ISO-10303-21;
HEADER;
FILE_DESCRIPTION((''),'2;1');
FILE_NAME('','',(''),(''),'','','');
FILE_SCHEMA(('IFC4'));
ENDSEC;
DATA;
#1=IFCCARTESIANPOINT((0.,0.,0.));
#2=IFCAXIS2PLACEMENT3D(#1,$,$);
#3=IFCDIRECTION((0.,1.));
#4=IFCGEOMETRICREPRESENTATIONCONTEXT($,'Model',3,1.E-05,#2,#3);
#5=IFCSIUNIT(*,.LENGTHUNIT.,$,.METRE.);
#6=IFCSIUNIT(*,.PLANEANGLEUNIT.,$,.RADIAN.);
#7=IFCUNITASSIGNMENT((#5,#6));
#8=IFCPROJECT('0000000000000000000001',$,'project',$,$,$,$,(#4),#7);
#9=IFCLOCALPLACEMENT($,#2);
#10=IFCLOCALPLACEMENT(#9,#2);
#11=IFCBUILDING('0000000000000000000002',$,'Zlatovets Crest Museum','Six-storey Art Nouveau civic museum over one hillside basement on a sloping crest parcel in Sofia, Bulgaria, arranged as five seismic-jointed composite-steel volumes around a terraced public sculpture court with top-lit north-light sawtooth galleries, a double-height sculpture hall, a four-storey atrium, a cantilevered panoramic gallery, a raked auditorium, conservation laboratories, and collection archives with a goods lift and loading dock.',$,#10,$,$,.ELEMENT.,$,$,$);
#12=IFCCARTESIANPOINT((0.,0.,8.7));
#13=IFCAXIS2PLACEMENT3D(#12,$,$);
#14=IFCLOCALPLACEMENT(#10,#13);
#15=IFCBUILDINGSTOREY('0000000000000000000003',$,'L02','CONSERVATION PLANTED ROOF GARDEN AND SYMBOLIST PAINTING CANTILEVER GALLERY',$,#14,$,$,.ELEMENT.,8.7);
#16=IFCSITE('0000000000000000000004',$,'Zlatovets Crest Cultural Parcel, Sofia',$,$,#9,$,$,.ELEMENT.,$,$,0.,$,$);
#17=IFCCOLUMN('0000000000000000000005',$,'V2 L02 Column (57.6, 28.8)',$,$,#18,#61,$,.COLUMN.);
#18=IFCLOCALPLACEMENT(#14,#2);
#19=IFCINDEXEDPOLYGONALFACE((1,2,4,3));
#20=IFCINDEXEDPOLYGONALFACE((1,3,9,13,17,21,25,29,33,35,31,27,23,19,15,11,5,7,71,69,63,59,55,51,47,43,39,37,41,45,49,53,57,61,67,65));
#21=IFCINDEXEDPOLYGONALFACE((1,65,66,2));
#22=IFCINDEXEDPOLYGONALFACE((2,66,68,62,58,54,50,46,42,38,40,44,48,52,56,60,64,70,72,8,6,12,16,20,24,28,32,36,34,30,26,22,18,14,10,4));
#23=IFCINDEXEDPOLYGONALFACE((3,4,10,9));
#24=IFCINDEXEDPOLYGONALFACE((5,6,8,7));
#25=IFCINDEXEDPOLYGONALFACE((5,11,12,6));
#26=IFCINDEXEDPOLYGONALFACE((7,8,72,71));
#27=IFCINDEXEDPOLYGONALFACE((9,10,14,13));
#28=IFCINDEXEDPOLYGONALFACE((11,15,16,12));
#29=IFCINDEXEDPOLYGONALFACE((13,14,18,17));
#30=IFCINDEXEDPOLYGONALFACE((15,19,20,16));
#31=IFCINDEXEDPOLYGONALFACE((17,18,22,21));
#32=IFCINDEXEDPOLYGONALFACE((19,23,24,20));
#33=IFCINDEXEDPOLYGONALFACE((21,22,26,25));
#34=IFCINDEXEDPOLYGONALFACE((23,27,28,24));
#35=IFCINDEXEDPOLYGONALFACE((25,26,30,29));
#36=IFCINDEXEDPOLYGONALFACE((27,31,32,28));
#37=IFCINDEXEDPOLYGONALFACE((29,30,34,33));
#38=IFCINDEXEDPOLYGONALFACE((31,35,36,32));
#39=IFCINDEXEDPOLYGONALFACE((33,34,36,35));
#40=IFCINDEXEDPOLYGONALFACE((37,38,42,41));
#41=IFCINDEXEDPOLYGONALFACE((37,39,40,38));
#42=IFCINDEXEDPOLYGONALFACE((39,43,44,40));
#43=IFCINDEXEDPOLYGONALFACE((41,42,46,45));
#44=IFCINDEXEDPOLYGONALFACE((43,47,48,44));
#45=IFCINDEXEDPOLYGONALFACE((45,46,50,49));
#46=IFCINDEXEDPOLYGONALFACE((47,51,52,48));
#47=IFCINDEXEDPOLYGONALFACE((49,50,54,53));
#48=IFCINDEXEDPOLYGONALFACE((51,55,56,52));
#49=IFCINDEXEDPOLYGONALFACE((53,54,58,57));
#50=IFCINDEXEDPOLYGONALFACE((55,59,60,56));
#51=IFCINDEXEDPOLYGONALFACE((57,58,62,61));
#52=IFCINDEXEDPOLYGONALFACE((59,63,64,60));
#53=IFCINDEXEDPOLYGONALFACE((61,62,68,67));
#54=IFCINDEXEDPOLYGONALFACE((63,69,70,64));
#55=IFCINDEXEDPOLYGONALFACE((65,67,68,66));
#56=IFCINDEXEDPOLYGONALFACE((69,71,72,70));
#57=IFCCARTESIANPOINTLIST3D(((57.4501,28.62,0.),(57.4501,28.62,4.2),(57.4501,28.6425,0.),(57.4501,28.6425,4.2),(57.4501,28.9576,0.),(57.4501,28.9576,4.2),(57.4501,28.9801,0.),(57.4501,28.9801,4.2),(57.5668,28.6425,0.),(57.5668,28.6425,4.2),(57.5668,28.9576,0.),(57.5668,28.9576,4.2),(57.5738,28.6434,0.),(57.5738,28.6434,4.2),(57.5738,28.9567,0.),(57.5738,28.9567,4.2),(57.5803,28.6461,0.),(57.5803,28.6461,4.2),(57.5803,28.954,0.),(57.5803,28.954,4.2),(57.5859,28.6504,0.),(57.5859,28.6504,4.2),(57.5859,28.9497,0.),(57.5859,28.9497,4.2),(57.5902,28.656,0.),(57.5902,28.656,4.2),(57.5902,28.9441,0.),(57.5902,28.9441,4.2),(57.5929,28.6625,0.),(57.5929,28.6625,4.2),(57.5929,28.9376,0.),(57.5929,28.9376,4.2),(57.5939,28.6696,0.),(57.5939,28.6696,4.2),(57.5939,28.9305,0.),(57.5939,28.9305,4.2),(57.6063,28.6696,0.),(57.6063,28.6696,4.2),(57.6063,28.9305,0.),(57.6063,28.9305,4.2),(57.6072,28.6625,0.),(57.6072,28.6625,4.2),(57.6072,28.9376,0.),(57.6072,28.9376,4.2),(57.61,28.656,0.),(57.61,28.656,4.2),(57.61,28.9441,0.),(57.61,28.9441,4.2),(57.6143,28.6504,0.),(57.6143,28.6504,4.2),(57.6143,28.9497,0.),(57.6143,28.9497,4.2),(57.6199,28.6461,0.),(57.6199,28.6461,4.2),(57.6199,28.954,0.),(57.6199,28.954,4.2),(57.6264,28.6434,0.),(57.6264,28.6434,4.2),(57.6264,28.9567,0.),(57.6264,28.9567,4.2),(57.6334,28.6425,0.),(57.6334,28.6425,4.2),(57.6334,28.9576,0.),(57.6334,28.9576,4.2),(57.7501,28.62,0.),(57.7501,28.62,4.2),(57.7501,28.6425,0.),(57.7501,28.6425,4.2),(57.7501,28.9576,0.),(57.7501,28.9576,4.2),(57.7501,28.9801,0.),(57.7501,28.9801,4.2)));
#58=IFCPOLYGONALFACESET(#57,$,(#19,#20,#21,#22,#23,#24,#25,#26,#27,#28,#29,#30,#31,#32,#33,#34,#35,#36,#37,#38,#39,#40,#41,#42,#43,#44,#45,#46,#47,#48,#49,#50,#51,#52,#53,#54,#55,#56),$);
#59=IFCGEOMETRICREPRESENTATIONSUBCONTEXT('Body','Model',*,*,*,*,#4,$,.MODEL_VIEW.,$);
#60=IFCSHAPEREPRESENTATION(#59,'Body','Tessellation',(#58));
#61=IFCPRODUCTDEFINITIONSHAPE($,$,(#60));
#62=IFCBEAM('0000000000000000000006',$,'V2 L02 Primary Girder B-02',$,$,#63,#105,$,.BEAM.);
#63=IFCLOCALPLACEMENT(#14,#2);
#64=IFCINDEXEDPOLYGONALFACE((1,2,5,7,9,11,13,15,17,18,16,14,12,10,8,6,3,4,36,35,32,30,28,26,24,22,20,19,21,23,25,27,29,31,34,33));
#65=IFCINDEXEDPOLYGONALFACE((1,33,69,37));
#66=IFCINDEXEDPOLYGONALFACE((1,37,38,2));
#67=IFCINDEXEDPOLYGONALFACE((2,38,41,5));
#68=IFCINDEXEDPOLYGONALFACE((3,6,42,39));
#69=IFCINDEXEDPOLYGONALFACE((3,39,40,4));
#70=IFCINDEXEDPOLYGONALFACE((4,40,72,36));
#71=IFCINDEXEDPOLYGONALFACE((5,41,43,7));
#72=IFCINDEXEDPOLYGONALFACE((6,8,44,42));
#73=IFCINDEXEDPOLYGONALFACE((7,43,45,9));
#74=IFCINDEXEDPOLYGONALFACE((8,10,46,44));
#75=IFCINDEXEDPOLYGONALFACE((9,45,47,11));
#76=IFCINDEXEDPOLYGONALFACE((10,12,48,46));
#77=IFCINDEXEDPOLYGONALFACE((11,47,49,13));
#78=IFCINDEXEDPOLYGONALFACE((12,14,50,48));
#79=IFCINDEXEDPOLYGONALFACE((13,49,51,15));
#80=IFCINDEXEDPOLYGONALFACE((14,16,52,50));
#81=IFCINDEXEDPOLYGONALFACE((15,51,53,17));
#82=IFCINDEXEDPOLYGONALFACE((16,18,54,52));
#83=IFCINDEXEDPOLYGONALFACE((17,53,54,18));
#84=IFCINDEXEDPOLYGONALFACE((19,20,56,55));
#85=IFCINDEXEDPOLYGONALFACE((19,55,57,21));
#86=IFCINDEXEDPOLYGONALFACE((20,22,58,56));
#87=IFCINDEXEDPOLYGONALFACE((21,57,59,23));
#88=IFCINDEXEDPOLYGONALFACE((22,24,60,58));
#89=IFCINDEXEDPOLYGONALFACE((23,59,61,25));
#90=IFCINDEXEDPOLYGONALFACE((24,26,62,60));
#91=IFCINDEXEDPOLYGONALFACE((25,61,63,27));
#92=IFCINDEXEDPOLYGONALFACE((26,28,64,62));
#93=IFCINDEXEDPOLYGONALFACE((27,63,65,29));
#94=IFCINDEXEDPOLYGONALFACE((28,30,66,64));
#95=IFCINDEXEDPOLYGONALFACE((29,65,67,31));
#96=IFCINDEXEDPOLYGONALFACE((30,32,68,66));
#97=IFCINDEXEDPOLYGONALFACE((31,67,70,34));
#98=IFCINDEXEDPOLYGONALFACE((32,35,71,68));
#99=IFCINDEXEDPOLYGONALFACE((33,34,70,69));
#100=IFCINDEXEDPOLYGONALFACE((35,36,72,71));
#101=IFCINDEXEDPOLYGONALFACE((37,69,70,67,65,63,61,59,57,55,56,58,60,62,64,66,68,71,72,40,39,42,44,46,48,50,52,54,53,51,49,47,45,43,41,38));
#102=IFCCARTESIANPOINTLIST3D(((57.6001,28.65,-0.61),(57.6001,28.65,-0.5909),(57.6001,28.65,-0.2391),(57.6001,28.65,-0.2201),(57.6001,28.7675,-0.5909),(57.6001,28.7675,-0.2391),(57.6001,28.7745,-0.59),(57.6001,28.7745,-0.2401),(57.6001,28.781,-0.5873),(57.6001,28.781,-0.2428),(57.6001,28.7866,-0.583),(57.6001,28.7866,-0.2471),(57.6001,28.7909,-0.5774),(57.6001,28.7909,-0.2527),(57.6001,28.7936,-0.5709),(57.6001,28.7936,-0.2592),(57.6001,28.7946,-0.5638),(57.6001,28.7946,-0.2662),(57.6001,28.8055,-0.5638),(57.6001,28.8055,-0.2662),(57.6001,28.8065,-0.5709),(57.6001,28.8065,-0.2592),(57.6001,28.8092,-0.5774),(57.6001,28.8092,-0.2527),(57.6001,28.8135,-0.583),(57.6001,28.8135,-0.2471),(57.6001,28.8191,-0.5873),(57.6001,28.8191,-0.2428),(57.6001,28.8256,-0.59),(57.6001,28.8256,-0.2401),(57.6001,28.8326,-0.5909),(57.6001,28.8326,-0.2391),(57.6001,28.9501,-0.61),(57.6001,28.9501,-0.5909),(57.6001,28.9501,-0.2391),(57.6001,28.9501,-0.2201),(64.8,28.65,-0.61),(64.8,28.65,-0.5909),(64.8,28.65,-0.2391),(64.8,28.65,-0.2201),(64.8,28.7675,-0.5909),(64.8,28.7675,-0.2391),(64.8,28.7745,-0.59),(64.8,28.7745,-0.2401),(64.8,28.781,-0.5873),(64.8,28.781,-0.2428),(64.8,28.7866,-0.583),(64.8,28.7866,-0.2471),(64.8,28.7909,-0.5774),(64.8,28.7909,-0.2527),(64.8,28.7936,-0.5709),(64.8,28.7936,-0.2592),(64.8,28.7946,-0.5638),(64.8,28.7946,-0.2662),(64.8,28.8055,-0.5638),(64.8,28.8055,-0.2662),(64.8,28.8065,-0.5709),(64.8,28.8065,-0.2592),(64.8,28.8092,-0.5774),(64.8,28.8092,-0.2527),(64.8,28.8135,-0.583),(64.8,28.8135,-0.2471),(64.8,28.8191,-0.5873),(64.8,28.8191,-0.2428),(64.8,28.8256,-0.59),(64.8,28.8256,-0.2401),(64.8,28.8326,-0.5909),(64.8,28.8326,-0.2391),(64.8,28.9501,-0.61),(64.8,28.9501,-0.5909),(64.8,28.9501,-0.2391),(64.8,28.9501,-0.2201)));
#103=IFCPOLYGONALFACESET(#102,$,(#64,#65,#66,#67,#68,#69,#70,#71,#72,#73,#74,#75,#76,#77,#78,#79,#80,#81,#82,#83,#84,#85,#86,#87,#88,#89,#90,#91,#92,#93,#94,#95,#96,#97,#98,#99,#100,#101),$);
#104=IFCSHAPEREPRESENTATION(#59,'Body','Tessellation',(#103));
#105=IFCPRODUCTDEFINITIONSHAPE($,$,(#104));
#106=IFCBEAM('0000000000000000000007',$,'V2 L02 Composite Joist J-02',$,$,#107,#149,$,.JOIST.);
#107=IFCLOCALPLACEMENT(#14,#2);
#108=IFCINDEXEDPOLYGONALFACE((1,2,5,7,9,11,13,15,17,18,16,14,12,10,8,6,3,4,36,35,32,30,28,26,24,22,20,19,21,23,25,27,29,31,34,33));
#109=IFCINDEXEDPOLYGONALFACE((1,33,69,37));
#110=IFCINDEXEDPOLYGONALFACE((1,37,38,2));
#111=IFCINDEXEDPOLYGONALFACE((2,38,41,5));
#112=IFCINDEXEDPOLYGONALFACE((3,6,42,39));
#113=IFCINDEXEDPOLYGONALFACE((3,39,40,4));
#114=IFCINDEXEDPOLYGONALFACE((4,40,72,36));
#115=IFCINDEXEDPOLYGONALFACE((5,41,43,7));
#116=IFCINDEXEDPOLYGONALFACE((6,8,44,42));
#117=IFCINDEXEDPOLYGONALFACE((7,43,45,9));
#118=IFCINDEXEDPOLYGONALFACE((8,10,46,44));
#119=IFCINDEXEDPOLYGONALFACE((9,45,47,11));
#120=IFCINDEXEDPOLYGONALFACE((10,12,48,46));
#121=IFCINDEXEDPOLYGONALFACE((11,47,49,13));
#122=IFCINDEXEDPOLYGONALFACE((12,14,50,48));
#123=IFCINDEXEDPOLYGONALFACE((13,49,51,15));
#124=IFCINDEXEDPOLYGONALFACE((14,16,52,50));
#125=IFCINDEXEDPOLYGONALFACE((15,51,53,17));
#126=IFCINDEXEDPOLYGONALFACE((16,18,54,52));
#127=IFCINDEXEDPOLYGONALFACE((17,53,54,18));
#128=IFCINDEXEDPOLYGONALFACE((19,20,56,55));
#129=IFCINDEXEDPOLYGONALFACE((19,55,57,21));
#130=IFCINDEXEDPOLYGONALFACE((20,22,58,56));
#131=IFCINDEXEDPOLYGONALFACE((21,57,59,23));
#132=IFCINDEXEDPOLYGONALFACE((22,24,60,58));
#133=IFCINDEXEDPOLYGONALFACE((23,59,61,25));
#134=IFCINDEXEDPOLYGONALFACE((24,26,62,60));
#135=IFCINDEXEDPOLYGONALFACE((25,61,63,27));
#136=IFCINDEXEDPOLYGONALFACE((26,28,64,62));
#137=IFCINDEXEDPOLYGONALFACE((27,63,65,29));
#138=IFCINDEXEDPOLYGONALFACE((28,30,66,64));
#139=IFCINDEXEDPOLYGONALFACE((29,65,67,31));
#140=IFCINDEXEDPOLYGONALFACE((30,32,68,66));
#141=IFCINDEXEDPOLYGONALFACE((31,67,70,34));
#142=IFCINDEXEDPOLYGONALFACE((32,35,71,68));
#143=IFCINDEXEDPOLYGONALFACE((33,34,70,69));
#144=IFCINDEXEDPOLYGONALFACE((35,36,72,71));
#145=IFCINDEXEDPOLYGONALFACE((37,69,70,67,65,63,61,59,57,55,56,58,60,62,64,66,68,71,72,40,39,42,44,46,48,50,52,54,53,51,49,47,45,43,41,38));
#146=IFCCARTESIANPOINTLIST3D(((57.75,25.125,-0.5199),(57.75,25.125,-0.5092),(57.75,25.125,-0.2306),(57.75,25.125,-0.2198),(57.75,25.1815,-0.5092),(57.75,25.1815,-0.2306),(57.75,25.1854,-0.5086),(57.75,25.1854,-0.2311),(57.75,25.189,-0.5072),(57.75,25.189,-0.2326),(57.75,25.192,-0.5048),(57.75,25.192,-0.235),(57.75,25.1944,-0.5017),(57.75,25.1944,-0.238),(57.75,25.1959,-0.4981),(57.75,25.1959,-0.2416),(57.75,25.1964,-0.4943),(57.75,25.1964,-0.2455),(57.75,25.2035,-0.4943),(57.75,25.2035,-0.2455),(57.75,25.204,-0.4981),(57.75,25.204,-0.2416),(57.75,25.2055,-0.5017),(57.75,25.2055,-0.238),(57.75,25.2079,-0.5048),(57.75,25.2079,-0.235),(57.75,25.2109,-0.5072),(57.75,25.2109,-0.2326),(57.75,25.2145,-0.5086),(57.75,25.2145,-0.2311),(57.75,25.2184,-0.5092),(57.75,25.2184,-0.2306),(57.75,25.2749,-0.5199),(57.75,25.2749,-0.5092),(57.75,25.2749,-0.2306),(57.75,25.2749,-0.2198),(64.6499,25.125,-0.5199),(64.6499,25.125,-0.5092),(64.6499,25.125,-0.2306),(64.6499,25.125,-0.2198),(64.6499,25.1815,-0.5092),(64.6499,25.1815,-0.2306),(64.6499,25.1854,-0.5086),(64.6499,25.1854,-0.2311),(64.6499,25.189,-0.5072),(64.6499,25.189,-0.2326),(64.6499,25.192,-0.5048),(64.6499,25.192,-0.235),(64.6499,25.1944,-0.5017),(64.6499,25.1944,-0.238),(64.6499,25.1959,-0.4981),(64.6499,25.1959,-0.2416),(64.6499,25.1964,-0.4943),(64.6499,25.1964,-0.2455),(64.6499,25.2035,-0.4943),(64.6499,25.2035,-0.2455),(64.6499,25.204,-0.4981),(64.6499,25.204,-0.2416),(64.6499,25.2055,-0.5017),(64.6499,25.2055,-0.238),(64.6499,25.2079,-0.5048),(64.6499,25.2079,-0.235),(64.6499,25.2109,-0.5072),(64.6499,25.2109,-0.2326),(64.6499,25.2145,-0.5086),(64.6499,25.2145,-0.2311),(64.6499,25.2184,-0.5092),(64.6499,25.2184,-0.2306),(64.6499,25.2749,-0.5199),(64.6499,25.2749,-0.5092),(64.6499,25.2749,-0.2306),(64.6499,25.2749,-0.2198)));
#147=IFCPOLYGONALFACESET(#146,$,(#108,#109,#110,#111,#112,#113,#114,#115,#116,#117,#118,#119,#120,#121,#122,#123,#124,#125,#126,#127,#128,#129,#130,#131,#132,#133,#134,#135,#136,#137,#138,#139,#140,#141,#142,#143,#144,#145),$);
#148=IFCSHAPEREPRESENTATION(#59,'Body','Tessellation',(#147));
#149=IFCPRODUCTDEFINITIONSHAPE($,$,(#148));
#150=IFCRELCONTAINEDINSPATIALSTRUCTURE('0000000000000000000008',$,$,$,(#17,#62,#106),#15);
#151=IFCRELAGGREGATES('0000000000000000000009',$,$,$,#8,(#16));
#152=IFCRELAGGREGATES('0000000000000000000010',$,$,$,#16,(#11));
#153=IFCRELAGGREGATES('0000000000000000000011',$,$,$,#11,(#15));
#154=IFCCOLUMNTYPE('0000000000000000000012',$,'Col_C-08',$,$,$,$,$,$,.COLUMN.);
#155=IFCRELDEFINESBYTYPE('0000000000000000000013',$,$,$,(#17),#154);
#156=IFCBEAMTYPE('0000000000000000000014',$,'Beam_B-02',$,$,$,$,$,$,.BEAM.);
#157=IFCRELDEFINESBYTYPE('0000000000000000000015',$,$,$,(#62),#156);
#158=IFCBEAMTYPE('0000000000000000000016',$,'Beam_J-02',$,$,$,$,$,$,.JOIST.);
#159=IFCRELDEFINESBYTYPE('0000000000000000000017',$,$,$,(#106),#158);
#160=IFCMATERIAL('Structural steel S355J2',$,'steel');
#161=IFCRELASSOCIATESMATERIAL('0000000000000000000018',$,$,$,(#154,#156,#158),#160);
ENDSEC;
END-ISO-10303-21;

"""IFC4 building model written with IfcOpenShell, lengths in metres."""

from ifc_helpers import new_model, si_unit, direction, frame, origin, origin_2d, place, context, subcontext, project, spatial, i_section, extrude, material, material_profile, profile_set, type_object, element, save


model = new_model("IFC4")

# Units and contexts
model_context = context("Model", 3, precision=1e-05, world=origin(), true_north=direction((0.0, 1.0)))
body_context = subcontext(model_context, "Body", "Model", "MODEL_VIEW")
ifc_project = project(units=[si_unit("LENGTHUNIT", "METRE"), si_unit("PLANEANGLEUNIT", "RADIAN")], contexts=[model_context])

# Site, building, storey
site_placement = place(None, origin())
site = spatial("IfcSite", under=ifc_project, at=site_placement, Name="Zlatovets Crest Cultural Parcel, Sofia", CompositionType="ELEMENT", RefElevation=0.0)
building_placement = place(site_placement, origin())
building = spatial("IfcBuilding", under=site, at=building_placement, Name="Zlatovets Crest Museum", Description="Six-storey Art Nouveau civic museum over one hillside basement on a sloping crest parcel in Sofia, Bulgaria, arranged as five seismic-jointed composite-steel volumes around a terraced public sculpture court with top-lit north-light sawtooth galleries, a double-height sculpture hall, a four-storey atrium, a cantilevered panoramic gallery, a raked auditorium, conservation laboratories, and collection archives with a goods lift and loading dock.", CompositionType="ELEMENT")
storey_placement = place(building_placement, frame((0.0, 0.0, 8.7)))
storey = spatial("IfcBuildingStorey", under=building, at=storey_placement, Name="L02", Description="CONSERVATION PLANTED ROOF GARDEN AND SYMBOLIST PAINTING CANTILEVER GALLERY", CompositionType="ELEMENT", Elevation=8.7)

# Column
ifc_material_1 = material(Name="Structural steel S355J2", Category="steel")
ifc_material_profile_1 = material_profile(ifc_material_1, i_section(OverallWidth=0.3, OverallDepth=0.3601, WebThickness=0.0125, FlangeThickness=0.0225, FilletRadius=0.0271, at=origin_2d()), Name="HEB 360")
ifc_profile_set_1 = profile_set([ifc_material_profile_1], Name="Structural steel S355J2")
column_type = type_object("IfcColumnType", Name="Col_C-08", PredefinedType="COLUMN", material=ifc_profile_set_1)
column_placement = place(storey_placement, frame((57.6001, 28.8, 0.0), z_axis=(0.0, 0.0, 1.0), x_axis=(1.0, 0.0, 0.0)))
element("IfcColumn", 1, at=column_placement, inside=storey, type_object=column_type, Name="V2 L02 Column (57.6, 28.8)", PredefinedType="COLUMN", context=body_context, shape_type="SweptSolid", body=[
    extrude(i_section(OverallWidth=0.3, OverallDepth=0.3601, WebThickness=0.0125, FlangeThickness=0.0225, FilletRadius=0.0271, at=origin_2d()), origin(), (0.0, 0.0, 1.0), 4.2),
])

# Beams
ifc_material_profile_2 = material_profile(ifc_material_1, i_section(OverallWidth=0.3, OverallDepth=0.3899, WebThickness=0.011, FlangeThickness=0.019, FilletRadius=0.0271, at=origin_2d()), Name="HEA 400")
ifc_profile_set_2 = profile_set([ifc_material_profile_2], Name="Structural steel S355J2")
beam_type_1 = type_object("IfcBeamType", Name="Beam_B-02", PredefinedType="BEAM", material=ifc_profile_set_2)
beam_1_placement = place(storey_placement, frame((57.6001, 28.8, -0.415), z_axis=(1.0, 0.0, 0.0), x_axis=(0.0, 1.0, 0.0)))
element("IfcBeam", 2, at=beam_1_placement, inside=storey, type_object=beam_type_1, Name="V2 L02 Primary Girder B-02", PredefinedType="BEAM", context=body_context, shape_type="SweptSolid", body=[
    extrude(i_section(OverallWidth=0.3, OverallDepth=0.3899, WebThickness=0.011, FlangeThickness=0.019, FilletRadius=0.0271, at=origin_2d()), origin(), (0.0, 0.0, 1.0), 7.2),
])
ifc_material_profile_3 = material_profile(ifc_material_1, i_section(OverallWidth=0.1499, OverallDepth=0.3, WebThickness=0.0071, FlangeThickness=0.0107, FilletRadius=0.0149, at=origin_2d()), Name="IPE 300")
ifc_profile_set_3 = profile_set([ifc_material_profile_3], Name="Structural steel S355J2")
beam_type_2 = type_object("IfcBeamType", Name="Beam_J-02", PredefinedType="JOIST", material=ifc_profile_set_3)
beam_2_placement = place(storey_placement, frame((57.75, 25.2, -0.3699), z_axis=(1.0, 0.0, 0.0), x_axis=(0.0, 1.0, 0.0)))
element("IfcBeam", 3, at=beam_2_placement, inside=storey, type_object=beam_type_2, Name="V2 L02 Composite Joist J-02", PredefinedType="JOIST", context=body_context, shape_type="SweptSolid", body=[
    extrude(i_section(OverallWidth=0.1499, OverallDepth=0.3, WebThickness=0.0071, FlangeThickness=0.0107, FilletRadius=0.0149, at=origin_2d()), origin(), (0.0, 0.0, 1.0), 6.8999),
])

save(model, "model.ifc")
